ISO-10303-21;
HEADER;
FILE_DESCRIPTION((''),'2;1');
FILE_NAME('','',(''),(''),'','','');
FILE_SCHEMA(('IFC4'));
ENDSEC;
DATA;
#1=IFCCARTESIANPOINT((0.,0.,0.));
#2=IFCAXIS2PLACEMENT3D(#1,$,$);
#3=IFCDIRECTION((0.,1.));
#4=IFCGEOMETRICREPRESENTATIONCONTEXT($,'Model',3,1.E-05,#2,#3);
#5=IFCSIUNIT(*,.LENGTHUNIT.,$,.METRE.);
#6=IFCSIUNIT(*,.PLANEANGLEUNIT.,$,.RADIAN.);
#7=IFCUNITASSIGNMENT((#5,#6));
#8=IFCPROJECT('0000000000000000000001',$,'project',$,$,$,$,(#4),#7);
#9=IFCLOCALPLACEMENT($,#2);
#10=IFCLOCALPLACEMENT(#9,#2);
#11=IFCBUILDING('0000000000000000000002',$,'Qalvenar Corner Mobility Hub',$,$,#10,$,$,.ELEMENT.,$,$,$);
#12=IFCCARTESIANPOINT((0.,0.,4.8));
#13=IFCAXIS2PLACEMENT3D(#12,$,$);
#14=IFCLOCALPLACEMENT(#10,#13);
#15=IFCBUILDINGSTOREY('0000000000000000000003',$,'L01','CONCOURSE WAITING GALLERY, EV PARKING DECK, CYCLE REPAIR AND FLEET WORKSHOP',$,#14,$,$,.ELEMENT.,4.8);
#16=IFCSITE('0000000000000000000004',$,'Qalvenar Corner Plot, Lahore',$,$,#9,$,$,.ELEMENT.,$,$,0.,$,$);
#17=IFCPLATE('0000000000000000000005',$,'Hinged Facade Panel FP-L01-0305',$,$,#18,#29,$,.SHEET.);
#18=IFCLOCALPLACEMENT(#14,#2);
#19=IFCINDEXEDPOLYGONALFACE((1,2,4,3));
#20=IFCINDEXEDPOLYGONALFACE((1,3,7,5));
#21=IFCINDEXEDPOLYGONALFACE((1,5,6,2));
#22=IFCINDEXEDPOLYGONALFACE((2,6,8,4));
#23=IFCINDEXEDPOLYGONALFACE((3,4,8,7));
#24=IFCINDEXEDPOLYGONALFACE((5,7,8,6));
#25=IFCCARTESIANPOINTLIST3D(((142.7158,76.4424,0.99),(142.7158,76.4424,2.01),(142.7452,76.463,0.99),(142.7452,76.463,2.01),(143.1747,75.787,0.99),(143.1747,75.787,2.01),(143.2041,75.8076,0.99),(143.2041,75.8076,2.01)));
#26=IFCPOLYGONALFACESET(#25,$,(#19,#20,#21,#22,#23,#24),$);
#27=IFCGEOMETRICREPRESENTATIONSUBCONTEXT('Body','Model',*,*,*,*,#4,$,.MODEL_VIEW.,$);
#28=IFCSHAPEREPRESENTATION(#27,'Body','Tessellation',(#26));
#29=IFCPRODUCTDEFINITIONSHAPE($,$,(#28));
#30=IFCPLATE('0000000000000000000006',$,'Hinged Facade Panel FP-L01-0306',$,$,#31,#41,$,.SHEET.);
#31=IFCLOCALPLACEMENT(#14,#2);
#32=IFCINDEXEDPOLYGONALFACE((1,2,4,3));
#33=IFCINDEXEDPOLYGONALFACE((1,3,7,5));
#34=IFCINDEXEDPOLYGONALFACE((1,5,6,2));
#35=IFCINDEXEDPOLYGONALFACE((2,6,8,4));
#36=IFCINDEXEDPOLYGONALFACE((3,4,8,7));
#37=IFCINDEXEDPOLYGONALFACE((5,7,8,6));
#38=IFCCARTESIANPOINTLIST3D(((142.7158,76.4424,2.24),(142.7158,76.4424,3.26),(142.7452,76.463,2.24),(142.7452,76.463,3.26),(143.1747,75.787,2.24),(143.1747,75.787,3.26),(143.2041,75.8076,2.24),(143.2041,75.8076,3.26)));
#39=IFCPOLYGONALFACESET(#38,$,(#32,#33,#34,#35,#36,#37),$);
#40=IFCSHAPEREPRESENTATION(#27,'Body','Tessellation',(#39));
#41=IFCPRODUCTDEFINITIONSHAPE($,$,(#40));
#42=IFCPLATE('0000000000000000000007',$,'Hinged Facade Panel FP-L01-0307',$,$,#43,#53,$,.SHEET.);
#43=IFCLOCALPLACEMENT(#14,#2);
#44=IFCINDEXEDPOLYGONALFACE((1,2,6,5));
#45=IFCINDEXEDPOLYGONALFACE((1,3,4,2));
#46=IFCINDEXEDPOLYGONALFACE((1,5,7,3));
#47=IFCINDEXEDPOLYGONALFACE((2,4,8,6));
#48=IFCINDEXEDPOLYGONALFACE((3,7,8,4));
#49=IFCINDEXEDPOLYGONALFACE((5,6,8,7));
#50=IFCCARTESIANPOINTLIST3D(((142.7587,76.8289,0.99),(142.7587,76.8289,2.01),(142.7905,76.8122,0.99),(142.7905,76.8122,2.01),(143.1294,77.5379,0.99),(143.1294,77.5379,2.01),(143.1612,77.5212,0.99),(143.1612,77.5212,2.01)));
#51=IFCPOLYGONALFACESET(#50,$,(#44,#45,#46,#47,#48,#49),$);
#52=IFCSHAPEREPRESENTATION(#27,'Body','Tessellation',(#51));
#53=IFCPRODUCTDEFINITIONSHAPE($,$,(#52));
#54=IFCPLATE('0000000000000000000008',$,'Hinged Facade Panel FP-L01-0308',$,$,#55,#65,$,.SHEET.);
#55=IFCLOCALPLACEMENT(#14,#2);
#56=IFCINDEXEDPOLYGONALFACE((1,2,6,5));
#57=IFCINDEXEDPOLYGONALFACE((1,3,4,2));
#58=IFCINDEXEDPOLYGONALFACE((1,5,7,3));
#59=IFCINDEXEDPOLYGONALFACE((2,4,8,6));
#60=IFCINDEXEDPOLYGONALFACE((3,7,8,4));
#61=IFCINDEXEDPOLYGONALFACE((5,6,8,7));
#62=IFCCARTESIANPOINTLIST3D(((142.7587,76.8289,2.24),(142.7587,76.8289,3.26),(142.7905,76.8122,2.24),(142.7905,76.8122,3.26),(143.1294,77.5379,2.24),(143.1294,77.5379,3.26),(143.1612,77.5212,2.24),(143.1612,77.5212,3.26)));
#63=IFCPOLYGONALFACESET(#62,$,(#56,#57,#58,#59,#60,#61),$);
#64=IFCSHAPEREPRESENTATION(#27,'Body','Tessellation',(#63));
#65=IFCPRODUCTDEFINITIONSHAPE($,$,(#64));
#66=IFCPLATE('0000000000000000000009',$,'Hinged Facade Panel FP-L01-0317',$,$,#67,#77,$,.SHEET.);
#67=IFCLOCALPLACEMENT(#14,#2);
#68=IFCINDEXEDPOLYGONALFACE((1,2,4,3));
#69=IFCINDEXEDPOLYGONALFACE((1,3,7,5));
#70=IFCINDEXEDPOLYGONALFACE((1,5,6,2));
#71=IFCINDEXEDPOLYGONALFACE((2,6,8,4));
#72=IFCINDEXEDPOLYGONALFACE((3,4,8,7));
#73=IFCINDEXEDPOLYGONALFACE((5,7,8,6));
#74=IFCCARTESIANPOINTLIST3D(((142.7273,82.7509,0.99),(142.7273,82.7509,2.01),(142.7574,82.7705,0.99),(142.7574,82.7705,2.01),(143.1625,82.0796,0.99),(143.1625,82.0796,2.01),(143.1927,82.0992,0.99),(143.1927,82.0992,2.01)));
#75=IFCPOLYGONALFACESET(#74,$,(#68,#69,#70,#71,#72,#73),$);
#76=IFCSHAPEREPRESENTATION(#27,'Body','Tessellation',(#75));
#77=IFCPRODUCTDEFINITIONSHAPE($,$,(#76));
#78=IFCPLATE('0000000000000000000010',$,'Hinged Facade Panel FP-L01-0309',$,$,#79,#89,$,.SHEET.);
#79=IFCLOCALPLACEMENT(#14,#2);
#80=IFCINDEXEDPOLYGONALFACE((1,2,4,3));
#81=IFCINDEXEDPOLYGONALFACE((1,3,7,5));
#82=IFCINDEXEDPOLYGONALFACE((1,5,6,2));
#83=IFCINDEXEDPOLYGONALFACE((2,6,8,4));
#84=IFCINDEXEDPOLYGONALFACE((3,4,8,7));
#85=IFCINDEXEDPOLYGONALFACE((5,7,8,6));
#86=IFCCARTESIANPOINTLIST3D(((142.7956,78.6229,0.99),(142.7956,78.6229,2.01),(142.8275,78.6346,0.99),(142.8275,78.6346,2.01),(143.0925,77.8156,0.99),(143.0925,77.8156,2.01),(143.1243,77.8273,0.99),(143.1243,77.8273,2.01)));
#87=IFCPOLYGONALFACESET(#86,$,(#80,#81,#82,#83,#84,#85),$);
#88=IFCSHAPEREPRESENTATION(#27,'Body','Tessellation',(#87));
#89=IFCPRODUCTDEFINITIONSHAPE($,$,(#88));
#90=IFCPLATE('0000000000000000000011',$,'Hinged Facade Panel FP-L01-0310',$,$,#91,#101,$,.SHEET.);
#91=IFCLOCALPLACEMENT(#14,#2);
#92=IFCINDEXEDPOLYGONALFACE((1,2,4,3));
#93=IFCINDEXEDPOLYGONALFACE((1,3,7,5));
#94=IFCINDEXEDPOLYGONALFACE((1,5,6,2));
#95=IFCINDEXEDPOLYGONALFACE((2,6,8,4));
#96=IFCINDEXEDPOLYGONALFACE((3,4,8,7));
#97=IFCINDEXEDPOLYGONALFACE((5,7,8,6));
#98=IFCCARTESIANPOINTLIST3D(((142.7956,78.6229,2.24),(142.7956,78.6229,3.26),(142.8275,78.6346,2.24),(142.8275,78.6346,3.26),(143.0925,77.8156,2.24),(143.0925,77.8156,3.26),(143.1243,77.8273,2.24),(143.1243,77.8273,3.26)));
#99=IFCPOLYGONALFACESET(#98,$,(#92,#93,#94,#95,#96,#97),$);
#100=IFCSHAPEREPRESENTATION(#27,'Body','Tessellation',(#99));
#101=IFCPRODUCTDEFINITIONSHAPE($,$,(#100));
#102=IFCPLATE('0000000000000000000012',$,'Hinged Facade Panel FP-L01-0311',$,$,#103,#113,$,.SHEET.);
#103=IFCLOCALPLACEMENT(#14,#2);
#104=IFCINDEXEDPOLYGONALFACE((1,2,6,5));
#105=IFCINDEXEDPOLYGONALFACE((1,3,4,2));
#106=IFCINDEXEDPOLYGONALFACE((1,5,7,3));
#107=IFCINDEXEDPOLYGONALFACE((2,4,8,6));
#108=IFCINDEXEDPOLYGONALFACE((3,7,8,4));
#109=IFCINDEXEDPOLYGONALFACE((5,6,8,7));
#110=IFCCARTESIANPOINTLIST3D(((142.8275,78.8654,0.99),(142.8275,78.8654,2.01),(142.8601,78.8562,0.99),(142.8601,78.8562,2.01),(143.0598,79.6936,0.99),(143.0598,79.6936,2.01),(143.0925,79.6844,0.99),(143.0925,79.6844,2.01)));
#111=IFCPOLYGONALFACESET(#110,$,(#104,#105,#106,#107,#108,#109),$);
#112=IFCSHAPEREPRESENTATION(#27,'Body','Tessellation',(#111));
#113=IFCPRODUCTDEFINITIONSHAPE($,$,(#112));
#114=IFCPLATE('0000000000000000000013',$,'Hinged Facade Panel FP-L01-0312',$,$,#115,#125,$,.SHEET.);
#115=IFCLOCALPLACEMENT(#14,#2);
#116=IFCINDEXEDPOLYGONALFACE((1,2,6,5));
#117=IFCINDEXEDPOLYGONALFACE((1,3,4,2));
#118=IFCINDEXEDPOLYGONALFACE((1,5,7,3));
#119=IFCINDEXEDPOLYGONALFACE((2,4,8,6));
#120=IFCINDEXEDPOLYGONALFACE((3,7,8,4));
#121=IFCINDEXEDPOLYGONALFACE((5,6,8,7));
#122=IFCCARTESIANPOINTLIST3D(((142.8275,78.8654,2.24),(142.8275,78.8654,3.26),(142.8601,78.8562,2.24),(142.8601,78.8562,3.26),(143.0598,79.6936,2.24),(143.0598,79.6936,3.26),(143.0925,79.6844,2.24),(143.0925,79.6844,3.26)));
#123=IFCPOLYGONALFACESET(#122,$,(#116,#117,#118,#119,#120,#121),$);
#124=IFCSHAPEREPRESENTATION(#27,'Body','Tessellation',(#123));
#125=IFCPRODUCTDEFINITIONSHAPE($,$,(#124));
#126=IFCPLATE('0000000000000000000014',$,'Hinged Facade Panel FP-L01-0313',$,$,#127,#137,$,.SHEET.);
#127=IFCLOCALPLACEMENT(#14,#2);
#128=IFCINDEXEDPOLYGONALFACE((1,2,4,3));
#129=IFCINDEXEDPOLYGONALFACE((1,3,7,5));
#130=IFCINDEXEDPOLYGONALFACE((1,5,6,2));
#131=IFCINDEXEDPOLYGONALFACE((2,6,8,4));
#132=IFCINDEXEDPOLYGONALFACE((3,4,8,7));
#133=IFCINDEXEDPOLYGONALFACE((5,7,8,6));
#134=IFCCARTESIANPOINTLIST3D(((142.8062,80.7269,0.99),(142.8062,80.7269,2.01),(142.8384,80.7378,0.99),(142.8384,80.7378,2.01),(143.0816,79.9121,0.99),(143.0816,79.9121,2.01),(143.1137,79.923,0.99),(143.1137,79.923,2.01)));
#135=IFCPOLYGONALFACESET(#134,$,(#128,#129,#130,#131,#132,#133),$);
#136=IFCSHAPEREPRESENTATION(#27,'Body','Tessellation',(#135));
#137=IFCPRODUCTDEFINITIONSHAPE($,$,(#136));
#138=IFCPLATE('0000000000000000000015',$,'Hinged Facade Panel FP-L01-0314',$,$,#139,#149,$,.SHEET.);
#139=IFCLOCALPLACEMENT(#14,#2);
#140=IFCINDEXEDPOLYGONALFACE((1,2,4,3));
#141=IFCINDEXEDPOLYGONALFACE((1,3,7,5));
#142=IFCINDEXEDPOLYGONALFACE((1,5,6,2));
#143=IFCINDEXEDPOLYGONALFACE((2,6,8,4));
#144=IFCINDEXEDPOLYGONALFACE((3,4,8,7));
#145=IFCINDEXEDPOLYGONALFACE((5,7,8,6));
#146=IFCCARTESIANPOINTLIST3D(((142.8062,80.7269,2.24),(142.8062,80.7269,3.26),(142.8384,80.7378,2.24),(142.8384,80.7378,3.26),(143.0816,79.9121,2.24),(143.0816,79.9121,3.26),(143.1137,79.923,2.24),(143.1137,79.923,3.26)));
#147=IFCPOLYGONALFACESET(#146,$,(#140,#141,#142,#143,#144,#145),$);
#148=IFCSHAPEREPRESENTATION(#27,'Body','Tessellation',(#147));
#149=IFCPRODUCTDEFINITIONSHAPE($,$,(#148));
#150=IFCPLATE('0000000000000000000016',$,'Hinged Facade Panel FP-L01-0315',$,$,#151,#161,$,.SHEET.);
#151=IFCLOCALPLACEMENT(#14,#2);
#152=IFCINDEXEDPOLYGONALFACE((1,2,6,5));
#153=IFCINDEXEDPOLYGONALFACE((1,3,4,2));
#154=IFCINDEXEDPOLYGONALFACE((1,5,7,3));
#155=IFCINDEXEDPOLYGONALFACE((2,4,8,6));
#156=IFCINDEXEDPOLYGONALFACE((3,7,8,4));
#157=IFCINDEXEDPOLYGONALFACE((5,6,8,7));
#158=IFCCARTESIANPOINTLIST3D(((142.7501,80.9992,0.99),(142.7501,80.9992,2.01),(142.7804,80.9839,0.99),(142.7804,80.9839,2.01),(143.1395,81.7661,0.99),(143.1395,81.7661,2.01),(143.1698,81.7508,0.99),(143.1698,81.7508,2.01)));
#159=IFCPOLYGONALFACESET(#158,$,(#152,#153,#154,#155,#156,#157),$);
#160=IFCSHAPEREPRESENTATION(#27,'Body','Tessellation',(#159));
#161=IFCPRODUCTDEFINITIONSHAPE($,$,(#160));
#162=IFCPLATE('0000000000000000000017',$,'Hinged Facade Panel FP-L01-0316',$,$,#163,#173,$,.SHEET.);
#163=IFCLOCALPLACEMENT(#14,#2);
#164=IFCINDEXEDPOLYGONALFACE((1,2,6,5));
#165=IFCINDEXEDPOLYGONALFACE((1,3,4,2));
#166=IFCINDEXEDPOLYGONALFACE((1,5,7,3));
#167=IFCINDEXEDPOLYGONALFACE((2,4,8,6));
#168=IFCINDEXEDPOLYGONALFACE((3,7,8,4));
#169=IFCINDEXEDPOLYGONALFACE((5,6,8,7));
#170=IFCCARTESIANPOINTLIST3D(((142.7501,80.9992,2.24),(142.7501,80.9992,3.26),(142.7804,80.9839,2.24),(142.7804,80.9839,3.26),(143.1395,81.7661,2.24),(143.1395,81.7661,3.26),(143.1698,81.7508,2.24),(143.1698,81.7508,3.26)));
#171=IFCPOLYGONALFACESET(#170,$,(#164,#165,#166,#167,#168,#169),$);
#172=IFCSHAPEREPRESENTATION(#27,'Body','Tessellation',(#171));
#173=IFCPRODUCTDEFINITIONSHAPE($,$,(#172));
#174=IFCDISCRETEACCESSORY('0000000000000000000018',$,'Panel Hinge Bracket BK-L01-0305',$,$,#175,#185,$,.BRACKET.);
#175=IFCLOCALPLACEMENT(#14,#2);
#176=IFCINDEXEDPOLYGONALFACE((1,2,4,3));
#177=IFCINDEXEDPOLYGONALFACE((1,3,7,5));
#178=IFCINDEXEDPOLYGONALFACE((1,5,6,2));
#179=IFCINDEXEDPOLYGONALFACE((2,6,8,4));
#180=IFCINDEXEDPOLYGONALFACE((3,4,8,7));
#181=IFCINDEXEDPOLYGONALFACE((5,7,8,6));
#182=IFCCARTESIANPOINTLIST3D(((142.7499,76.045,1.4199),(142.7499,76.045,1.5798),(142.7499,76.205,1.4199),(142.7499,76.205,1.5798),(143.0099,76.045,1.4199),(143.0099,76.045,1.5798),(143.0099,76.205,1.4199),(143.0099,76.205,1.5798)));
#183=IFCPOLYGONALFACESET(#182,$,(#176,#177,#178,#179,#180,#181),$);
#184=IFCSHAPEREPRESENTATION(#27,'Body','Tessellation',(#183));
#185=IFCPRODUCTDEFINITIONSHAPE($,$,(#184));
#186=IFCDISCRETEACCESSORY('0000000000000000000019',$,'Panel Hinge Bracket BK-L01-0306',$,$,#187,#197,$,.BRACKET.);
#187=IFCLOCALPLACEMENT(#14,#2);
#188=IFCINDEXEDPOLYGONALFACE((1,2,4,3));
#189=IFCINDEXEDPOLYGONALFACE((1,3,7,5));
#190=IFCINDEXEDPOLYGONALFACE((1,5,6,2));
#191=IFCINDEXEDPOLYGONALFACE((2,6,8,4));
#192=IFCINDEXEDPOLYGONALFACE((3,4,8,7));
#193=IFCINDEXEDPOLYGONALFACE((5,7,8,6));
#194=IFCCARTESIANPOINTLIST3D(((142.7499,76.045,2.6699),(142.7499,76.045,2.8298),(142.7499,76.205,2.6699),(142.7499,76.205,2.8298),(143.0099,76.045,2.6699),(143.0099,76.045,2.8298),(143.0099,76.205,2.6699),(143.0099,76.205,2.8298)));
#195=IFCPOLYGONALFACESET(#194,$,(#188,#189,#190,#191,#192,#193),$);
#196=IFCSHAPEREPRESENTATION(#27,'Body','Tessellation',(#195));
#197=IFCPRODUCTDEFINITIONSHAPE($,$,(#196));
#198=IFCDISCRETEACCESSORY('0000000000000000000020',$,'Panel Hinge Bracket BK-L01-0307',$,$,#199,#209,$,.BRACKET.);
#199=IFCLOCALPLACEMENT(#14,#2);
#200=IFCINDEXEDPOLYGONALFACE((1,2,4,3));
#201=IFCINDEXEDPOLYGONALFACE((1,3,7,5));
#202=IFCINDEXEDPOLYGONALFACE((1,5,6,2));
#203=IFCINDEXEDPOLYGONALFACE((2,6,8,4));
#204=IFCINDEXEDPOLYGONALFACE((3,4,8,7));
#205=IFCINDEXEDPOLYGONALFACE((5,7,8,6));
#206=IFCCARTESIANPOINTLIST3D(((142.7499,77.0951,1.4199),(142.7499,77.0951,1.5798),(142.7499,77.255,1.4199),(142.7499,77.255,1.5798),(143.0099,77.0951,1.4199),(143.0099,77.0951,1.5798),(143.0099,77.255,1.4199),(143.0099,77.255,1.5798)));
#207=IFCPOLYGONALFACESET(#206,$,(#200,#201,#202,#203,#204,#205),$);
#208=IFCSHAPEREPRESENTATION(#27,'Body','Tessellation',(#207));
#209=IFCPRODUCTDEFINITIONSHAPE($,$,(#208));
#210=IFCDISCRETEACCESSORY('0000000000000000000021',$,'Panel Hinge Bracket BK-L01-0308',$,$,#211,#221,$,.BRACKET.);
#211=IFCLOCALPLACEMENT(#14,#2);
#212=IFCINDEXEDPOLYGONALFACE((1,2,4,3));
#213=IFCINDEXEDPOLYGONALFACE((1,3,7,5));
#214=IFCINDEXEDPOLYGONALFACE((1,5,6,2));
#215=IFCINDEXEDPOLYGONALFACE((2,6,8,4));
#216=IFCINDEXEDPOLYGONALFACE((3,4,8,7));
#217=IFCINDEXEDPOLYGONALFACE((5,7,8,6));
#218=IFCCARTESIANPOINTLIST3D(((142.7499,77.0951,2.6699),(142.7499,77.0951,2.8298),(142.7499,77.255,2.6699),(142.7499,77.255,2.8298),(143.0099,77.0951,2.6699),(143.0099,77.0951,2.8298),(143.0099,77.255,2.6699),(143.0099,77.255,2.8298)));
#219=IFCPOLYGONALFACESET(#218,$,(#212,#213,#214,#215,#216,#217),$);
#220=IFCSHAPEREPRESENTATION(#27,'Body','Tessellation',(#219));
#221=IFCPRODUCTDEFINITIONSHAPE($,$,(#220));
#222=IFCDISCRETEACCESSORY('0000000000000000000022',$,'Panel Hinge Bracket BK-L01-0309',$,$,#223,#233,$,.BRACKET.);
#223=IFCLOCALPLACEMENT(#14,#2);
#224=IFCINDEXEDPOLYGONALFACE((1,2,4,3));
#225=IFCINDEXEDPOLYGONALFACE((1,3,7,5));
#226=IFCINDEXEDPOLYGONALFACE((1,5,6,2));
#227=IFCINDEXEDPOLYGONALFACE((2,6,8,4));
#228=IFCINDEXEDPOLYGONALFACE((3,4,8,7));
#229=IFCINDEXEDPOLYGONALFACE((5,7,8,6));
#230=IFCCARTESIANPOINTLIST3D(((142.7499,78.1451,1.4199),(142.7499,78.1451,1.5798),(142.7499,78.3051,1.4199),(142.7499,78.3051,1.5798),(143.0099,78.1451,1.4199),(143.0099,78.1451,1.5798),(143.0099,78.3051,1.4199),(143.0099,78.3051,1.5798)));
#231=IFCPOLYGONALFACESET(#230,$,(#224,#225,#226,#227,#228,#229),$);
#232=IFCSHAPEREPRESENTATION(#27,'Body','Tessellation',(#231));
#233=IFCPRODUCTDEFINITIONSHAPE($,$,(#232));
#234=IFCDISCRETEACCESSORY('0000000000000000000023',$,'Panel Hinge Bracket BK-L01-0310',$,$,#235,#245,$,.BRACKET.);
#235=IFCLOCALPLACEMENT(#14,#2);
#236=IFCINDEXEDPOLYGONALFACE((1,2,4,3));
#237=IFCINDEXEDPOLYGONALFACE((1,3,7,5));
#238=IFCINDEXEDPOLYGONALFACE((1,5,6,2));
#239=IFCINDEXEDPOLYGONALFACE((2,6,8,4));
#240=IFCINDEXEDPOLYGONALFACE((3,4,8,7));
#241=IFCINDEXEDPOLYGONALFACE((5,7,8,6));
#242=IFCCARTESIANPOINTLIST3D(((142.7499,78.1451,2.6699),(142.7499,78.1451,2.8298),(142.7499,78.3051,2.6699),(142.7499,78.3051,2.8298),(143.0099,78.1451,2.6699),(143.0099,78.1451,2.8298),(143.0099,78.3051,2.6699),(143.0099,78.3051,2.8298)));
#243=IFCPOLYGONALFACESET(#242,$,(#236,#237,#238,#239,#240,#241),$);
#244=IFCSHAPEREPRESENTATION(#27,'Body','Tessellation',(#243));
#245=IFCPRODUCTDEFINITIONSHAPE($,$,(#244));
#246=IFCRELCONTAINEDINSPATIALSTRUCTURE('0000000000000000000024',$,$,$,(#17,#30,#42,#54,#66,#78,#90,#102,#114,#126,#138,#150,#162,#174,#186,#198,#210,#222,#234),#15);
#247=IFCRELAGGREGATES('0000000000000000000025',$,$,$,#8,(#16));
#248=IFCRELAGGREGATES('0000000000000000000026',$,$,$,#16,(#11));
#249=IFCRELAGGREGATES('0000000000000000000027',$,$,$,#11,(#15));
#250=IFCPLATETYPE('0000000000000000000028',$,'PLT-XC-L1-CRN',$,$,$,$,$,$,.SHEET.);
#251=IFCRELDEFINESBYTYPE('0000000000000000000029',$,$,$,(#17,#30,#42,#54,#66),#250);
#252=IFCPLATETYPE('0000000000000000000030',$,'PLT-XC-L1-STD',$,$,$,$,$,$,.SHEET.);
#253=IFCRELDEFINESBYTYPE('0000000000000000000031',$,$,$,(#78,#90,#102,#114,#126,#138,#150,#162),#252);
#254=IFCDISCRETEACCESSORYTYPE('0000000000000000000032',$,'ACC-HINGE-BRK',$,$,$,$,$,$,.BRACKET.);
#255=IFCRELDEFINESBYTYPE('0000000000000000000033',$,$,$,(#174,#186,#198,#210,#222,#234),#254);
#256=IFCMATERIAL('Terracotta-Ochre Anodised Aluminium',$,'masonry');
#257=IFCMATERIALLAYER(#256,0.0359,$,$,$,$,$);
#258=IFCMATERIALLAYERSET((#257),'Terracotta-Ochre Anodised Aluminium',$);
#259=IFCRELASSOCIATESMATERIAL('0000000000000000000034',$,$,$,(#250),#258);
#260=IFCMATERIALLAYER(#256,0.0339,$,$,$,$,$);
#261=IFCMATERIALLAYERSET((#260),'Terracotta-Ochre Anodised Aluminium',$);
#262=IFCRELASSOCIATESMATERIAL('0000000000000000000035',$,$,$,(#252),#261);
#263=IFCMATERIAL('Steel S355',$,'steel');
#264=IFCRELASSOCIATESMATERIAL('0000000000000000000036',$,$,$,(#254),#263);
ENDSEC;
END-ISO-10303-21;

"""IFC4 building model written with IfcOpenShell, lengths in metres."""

from ifc_helpers import new_model, si_unit, direction, frame, origin, origin_2d, place, context, subcontext, project, spatial, rectangle, extrude, material, layer, layer_set, type_object, element, save


model = new_model("IFC4")

# Units and contexts
model_context = context("Model", 3, precision=1e-05, world=origin(), true_north=direction((0.0, 1.0)))
body_context = subcontext(model_context, "Body", "Model", "MODEL_VIEW")
ifc_project = project(units=[si_unit("LENGTHUNIT", "METRE"), si_unit("PLANEANGLEUNIT", "RADIAN")], contexts=[model_context])

# Site, building, storey
site_placement = place(None, origin())
site = spatial("IfcSite", under=ifc_project, at=site_placement, Name="Qalvenar Corner Plot, Lahore", CompositionType="ELEMENT", RefElevation=0.0)
building_placement = place(site_placement, origin())
building = spatial("IfcBuilding", under=site, at=building_placement, Name="Qalvenar Corner Mobility Hub", CompositionType="ELEMENT")
storey_placement = place(building_placement, frame((0.0, 0.0, 4.8)))
storey = spatial("IfcBuildingStorey", under=building, at=storey_placement, Name="L01", Description="CONCOURSE WAITING GALLERY, EV PARKING DECK, CYCLE REPAIR AND FLEET WORKSHOP", CompositionType="ELEMENT", Elevation=4.8)

# Plates
ifc_material_1 = material(Name="Terracotta-Ochre Anodised Aluminium", Category="masonry")
ifc_layer_1 = layer(ifc_material_1, 0.0359)
ifc_layer_set_1 = layer_set([ifc_layer_1], Name="Terracotta-Ochre Anodised Aluminium")
plate_type_1 = type_object("IfcPlateType", Name="PLT-XC-L1-CRN", PredefinedType="SHEET", material=ifc_layer_set_1)
for number, where, z_axis, x_axis, name in (
    (1, (142.96, 76.125, 0.99), (0.0, 0.0, 1.0), (-0.573576, 0.819152, 0.0), "Hinged Facade Panel FP-L01-0305"),
    (2, (142.96, 76.125, 2.24), (0.0, 0.0, 1.0), (-0.573576, 0.819152, 0.0), "Hinged Facade Panel FP-L01-0306"),
    (3, (142.96, 77.175, 0.99), (0.0, 0.0, 1.0), (0.463296, 0.886204, 0.0), "Hinged Facade Panel FP-L01-0307"),
    (4, (142.96, 77.175, 2.24), (0.0, 0.0, 1.0), (0.463296, 0.886204, 0.0), "Hinged Facade Panel FP-L01-0308"),
    (5, (142.96, 82.425, 0.99), (0.0, 0.0, 1.0), (-0.544053, 0.839051, 0.0), "Hinged Facade Panel FP-L01-0317"),
):
    element("IfcPlate", number, at=place(storey_placement, frame(where, z_axis=z_axis, x_axis=x_axis)), inside=storey, type_object=plate_type_1, Name=name, PredefinedType="SHEET", context=body_context, shape_type="SweptSolid", body=[
        extrude(rectangle(XDim=0.8, YDim=0.0359, at=origin_2d()), origin(), (0.0, 0.0, 1.0), 1.02),
    ])
ifc_layer_2 = layer(ifc_material_1, 0.0339)
ifc_layer_set_2 = layer_set([ifc_layer_2], Name="Terracotta-Ochre Anodised Aluminium")
plate_type_2 = type_object("IfcPlateType", Name="PLT-XC-L1-STD", PredefinedType="SHEET", material=ifc_layer_set_2)
for number, where, z_axis, x_axis, name in (
    (6, (142.96, 78.2251, 0.99), (0.0, 0.0, 1.0), (-0.345134, 0.938553, 0.0), "Hinged Facade Panel FP-L01-0309"),
    (7, (142.96, 78.2251, 2.24), (0.0, 0.0, 1.0), (-0.345134, 0.938553, 0.0), "Hinged Facade Panel FP-L01-0310"),
    (8, (142.96, 79.2749, 0.99), (0.0, 0.0, 1.0), (0.270096, 0.962833, 0.0), "Hinged Facade Panel FP-L01-0311"),
    (9, (142.96, 79.2749, 2.24), (0.0, 0.0, 1.0), (0.270096, 0.962833, 0.0), "Hinged Facade Panel FP-L01-0312"),
    (10, (142.96, 80.325, 0.99), (0.0, 0.0, 1.0), (-0.320117, 0.947378, 0.0), "Hinged Facade Panel FP-L01-0313"),
    (11, (142.96, 80.325, 2.24), (0.0, 0.0, 1.0), (-0.320117, 0.947378, 0.0), "Hinged Facade Panel FP-L01-0314"),
    (12, (142.96, 81.375, 0.99), (0.0, 0.0, 1.0), (0.452746, 0.89164, 0.0), "Hinged Facade Panel FP-L01-0315"),
    (13, (142.96, 81.375, 2.24), (0.0, 0.0, 1.0), (0.452746, 0.89164, 0.0), "Hinged Facade Panel FP-L01-0316"),
):
    element("IfcPlate", number, at=place(storey_placement, frame(where, z_axis=z_axis, x_axis=x_axis)), inside=storey, type_object=plate_type_2, Name=name, PredefinedType="SHEET", context=body_context, shape_type="SweptSolid", body=[
        extrude(rectangle(XDim=0.8601, YDim=0.0339, at=origin_2d()), origin(), (0.0, 0.0, 1.0), 1.02),
    ])

# Discrete accessories
ifc_material_2 = material(Name="Steel S355", Category="steel")
discrete_accessory_type = type_object("IfcDiscreteAccessoryType", Name="ACC-HINGE-BRK", PredefinedType="BRACKET", material=ifc_material_2)
for number, where, z_axis, x_axis, name in (
    (14, (142.8799, 76.125, 1.4199), (0.0, 0.0, 1.0), (0.0, 1.0, 0.0), "Panel Hinge Bracket BK-L01-0305"),
    (15, (142.8799, 76.125, 2.6699), (0.0, 0.0, 1.0), (0.0, 1.0, 0.0), "Panel Hinge Bracket BK-L01-0306"),
    (16, (142.8799, 77.175, 1.4199), (0.0, 0.0, 1.0), (0.0, 1.0, 0.0), "Panel Hinge Bracket BK-L01-0307"),
    (17, (142.8799, 77.175, 2.6699), (0.0, 0.0, 1.0), (0.0, 1.0, 0.0), "Panel Hinge Bracket BK-L01-0308"),
    (18, (142.8799, 78.2251, 1.4199), (0.0, 0.0, 1.0), (0.0, 1.0, 0.0), "Panel Hinge Bracket BK-L01-0309"),
    (19, (142.8799, 78.2251, 2.6699), (0.0, 0.0, 1.0), (0.0, 1.0, 0.0), "Panel Hinge Bracket BK-L01-0310"),
):
    element("IfcDiscreteAccessory", number, at=place(storey_placement, frame(where, z_axis=z_axis, x_axis=x_axis)), inside=storey, type_object=discrete_accessory_type, Name=name, PredefinedType="BRACKET", context=body_context, shape_type="SweptSolid", body=[
        extrude(rectangle(XDim=0.1599, YDim=0.26, at=origin_2d()), origin(), (0.0, 0.0, 1.0), 0.1599),
    ])

save(model, "model.ifc")
